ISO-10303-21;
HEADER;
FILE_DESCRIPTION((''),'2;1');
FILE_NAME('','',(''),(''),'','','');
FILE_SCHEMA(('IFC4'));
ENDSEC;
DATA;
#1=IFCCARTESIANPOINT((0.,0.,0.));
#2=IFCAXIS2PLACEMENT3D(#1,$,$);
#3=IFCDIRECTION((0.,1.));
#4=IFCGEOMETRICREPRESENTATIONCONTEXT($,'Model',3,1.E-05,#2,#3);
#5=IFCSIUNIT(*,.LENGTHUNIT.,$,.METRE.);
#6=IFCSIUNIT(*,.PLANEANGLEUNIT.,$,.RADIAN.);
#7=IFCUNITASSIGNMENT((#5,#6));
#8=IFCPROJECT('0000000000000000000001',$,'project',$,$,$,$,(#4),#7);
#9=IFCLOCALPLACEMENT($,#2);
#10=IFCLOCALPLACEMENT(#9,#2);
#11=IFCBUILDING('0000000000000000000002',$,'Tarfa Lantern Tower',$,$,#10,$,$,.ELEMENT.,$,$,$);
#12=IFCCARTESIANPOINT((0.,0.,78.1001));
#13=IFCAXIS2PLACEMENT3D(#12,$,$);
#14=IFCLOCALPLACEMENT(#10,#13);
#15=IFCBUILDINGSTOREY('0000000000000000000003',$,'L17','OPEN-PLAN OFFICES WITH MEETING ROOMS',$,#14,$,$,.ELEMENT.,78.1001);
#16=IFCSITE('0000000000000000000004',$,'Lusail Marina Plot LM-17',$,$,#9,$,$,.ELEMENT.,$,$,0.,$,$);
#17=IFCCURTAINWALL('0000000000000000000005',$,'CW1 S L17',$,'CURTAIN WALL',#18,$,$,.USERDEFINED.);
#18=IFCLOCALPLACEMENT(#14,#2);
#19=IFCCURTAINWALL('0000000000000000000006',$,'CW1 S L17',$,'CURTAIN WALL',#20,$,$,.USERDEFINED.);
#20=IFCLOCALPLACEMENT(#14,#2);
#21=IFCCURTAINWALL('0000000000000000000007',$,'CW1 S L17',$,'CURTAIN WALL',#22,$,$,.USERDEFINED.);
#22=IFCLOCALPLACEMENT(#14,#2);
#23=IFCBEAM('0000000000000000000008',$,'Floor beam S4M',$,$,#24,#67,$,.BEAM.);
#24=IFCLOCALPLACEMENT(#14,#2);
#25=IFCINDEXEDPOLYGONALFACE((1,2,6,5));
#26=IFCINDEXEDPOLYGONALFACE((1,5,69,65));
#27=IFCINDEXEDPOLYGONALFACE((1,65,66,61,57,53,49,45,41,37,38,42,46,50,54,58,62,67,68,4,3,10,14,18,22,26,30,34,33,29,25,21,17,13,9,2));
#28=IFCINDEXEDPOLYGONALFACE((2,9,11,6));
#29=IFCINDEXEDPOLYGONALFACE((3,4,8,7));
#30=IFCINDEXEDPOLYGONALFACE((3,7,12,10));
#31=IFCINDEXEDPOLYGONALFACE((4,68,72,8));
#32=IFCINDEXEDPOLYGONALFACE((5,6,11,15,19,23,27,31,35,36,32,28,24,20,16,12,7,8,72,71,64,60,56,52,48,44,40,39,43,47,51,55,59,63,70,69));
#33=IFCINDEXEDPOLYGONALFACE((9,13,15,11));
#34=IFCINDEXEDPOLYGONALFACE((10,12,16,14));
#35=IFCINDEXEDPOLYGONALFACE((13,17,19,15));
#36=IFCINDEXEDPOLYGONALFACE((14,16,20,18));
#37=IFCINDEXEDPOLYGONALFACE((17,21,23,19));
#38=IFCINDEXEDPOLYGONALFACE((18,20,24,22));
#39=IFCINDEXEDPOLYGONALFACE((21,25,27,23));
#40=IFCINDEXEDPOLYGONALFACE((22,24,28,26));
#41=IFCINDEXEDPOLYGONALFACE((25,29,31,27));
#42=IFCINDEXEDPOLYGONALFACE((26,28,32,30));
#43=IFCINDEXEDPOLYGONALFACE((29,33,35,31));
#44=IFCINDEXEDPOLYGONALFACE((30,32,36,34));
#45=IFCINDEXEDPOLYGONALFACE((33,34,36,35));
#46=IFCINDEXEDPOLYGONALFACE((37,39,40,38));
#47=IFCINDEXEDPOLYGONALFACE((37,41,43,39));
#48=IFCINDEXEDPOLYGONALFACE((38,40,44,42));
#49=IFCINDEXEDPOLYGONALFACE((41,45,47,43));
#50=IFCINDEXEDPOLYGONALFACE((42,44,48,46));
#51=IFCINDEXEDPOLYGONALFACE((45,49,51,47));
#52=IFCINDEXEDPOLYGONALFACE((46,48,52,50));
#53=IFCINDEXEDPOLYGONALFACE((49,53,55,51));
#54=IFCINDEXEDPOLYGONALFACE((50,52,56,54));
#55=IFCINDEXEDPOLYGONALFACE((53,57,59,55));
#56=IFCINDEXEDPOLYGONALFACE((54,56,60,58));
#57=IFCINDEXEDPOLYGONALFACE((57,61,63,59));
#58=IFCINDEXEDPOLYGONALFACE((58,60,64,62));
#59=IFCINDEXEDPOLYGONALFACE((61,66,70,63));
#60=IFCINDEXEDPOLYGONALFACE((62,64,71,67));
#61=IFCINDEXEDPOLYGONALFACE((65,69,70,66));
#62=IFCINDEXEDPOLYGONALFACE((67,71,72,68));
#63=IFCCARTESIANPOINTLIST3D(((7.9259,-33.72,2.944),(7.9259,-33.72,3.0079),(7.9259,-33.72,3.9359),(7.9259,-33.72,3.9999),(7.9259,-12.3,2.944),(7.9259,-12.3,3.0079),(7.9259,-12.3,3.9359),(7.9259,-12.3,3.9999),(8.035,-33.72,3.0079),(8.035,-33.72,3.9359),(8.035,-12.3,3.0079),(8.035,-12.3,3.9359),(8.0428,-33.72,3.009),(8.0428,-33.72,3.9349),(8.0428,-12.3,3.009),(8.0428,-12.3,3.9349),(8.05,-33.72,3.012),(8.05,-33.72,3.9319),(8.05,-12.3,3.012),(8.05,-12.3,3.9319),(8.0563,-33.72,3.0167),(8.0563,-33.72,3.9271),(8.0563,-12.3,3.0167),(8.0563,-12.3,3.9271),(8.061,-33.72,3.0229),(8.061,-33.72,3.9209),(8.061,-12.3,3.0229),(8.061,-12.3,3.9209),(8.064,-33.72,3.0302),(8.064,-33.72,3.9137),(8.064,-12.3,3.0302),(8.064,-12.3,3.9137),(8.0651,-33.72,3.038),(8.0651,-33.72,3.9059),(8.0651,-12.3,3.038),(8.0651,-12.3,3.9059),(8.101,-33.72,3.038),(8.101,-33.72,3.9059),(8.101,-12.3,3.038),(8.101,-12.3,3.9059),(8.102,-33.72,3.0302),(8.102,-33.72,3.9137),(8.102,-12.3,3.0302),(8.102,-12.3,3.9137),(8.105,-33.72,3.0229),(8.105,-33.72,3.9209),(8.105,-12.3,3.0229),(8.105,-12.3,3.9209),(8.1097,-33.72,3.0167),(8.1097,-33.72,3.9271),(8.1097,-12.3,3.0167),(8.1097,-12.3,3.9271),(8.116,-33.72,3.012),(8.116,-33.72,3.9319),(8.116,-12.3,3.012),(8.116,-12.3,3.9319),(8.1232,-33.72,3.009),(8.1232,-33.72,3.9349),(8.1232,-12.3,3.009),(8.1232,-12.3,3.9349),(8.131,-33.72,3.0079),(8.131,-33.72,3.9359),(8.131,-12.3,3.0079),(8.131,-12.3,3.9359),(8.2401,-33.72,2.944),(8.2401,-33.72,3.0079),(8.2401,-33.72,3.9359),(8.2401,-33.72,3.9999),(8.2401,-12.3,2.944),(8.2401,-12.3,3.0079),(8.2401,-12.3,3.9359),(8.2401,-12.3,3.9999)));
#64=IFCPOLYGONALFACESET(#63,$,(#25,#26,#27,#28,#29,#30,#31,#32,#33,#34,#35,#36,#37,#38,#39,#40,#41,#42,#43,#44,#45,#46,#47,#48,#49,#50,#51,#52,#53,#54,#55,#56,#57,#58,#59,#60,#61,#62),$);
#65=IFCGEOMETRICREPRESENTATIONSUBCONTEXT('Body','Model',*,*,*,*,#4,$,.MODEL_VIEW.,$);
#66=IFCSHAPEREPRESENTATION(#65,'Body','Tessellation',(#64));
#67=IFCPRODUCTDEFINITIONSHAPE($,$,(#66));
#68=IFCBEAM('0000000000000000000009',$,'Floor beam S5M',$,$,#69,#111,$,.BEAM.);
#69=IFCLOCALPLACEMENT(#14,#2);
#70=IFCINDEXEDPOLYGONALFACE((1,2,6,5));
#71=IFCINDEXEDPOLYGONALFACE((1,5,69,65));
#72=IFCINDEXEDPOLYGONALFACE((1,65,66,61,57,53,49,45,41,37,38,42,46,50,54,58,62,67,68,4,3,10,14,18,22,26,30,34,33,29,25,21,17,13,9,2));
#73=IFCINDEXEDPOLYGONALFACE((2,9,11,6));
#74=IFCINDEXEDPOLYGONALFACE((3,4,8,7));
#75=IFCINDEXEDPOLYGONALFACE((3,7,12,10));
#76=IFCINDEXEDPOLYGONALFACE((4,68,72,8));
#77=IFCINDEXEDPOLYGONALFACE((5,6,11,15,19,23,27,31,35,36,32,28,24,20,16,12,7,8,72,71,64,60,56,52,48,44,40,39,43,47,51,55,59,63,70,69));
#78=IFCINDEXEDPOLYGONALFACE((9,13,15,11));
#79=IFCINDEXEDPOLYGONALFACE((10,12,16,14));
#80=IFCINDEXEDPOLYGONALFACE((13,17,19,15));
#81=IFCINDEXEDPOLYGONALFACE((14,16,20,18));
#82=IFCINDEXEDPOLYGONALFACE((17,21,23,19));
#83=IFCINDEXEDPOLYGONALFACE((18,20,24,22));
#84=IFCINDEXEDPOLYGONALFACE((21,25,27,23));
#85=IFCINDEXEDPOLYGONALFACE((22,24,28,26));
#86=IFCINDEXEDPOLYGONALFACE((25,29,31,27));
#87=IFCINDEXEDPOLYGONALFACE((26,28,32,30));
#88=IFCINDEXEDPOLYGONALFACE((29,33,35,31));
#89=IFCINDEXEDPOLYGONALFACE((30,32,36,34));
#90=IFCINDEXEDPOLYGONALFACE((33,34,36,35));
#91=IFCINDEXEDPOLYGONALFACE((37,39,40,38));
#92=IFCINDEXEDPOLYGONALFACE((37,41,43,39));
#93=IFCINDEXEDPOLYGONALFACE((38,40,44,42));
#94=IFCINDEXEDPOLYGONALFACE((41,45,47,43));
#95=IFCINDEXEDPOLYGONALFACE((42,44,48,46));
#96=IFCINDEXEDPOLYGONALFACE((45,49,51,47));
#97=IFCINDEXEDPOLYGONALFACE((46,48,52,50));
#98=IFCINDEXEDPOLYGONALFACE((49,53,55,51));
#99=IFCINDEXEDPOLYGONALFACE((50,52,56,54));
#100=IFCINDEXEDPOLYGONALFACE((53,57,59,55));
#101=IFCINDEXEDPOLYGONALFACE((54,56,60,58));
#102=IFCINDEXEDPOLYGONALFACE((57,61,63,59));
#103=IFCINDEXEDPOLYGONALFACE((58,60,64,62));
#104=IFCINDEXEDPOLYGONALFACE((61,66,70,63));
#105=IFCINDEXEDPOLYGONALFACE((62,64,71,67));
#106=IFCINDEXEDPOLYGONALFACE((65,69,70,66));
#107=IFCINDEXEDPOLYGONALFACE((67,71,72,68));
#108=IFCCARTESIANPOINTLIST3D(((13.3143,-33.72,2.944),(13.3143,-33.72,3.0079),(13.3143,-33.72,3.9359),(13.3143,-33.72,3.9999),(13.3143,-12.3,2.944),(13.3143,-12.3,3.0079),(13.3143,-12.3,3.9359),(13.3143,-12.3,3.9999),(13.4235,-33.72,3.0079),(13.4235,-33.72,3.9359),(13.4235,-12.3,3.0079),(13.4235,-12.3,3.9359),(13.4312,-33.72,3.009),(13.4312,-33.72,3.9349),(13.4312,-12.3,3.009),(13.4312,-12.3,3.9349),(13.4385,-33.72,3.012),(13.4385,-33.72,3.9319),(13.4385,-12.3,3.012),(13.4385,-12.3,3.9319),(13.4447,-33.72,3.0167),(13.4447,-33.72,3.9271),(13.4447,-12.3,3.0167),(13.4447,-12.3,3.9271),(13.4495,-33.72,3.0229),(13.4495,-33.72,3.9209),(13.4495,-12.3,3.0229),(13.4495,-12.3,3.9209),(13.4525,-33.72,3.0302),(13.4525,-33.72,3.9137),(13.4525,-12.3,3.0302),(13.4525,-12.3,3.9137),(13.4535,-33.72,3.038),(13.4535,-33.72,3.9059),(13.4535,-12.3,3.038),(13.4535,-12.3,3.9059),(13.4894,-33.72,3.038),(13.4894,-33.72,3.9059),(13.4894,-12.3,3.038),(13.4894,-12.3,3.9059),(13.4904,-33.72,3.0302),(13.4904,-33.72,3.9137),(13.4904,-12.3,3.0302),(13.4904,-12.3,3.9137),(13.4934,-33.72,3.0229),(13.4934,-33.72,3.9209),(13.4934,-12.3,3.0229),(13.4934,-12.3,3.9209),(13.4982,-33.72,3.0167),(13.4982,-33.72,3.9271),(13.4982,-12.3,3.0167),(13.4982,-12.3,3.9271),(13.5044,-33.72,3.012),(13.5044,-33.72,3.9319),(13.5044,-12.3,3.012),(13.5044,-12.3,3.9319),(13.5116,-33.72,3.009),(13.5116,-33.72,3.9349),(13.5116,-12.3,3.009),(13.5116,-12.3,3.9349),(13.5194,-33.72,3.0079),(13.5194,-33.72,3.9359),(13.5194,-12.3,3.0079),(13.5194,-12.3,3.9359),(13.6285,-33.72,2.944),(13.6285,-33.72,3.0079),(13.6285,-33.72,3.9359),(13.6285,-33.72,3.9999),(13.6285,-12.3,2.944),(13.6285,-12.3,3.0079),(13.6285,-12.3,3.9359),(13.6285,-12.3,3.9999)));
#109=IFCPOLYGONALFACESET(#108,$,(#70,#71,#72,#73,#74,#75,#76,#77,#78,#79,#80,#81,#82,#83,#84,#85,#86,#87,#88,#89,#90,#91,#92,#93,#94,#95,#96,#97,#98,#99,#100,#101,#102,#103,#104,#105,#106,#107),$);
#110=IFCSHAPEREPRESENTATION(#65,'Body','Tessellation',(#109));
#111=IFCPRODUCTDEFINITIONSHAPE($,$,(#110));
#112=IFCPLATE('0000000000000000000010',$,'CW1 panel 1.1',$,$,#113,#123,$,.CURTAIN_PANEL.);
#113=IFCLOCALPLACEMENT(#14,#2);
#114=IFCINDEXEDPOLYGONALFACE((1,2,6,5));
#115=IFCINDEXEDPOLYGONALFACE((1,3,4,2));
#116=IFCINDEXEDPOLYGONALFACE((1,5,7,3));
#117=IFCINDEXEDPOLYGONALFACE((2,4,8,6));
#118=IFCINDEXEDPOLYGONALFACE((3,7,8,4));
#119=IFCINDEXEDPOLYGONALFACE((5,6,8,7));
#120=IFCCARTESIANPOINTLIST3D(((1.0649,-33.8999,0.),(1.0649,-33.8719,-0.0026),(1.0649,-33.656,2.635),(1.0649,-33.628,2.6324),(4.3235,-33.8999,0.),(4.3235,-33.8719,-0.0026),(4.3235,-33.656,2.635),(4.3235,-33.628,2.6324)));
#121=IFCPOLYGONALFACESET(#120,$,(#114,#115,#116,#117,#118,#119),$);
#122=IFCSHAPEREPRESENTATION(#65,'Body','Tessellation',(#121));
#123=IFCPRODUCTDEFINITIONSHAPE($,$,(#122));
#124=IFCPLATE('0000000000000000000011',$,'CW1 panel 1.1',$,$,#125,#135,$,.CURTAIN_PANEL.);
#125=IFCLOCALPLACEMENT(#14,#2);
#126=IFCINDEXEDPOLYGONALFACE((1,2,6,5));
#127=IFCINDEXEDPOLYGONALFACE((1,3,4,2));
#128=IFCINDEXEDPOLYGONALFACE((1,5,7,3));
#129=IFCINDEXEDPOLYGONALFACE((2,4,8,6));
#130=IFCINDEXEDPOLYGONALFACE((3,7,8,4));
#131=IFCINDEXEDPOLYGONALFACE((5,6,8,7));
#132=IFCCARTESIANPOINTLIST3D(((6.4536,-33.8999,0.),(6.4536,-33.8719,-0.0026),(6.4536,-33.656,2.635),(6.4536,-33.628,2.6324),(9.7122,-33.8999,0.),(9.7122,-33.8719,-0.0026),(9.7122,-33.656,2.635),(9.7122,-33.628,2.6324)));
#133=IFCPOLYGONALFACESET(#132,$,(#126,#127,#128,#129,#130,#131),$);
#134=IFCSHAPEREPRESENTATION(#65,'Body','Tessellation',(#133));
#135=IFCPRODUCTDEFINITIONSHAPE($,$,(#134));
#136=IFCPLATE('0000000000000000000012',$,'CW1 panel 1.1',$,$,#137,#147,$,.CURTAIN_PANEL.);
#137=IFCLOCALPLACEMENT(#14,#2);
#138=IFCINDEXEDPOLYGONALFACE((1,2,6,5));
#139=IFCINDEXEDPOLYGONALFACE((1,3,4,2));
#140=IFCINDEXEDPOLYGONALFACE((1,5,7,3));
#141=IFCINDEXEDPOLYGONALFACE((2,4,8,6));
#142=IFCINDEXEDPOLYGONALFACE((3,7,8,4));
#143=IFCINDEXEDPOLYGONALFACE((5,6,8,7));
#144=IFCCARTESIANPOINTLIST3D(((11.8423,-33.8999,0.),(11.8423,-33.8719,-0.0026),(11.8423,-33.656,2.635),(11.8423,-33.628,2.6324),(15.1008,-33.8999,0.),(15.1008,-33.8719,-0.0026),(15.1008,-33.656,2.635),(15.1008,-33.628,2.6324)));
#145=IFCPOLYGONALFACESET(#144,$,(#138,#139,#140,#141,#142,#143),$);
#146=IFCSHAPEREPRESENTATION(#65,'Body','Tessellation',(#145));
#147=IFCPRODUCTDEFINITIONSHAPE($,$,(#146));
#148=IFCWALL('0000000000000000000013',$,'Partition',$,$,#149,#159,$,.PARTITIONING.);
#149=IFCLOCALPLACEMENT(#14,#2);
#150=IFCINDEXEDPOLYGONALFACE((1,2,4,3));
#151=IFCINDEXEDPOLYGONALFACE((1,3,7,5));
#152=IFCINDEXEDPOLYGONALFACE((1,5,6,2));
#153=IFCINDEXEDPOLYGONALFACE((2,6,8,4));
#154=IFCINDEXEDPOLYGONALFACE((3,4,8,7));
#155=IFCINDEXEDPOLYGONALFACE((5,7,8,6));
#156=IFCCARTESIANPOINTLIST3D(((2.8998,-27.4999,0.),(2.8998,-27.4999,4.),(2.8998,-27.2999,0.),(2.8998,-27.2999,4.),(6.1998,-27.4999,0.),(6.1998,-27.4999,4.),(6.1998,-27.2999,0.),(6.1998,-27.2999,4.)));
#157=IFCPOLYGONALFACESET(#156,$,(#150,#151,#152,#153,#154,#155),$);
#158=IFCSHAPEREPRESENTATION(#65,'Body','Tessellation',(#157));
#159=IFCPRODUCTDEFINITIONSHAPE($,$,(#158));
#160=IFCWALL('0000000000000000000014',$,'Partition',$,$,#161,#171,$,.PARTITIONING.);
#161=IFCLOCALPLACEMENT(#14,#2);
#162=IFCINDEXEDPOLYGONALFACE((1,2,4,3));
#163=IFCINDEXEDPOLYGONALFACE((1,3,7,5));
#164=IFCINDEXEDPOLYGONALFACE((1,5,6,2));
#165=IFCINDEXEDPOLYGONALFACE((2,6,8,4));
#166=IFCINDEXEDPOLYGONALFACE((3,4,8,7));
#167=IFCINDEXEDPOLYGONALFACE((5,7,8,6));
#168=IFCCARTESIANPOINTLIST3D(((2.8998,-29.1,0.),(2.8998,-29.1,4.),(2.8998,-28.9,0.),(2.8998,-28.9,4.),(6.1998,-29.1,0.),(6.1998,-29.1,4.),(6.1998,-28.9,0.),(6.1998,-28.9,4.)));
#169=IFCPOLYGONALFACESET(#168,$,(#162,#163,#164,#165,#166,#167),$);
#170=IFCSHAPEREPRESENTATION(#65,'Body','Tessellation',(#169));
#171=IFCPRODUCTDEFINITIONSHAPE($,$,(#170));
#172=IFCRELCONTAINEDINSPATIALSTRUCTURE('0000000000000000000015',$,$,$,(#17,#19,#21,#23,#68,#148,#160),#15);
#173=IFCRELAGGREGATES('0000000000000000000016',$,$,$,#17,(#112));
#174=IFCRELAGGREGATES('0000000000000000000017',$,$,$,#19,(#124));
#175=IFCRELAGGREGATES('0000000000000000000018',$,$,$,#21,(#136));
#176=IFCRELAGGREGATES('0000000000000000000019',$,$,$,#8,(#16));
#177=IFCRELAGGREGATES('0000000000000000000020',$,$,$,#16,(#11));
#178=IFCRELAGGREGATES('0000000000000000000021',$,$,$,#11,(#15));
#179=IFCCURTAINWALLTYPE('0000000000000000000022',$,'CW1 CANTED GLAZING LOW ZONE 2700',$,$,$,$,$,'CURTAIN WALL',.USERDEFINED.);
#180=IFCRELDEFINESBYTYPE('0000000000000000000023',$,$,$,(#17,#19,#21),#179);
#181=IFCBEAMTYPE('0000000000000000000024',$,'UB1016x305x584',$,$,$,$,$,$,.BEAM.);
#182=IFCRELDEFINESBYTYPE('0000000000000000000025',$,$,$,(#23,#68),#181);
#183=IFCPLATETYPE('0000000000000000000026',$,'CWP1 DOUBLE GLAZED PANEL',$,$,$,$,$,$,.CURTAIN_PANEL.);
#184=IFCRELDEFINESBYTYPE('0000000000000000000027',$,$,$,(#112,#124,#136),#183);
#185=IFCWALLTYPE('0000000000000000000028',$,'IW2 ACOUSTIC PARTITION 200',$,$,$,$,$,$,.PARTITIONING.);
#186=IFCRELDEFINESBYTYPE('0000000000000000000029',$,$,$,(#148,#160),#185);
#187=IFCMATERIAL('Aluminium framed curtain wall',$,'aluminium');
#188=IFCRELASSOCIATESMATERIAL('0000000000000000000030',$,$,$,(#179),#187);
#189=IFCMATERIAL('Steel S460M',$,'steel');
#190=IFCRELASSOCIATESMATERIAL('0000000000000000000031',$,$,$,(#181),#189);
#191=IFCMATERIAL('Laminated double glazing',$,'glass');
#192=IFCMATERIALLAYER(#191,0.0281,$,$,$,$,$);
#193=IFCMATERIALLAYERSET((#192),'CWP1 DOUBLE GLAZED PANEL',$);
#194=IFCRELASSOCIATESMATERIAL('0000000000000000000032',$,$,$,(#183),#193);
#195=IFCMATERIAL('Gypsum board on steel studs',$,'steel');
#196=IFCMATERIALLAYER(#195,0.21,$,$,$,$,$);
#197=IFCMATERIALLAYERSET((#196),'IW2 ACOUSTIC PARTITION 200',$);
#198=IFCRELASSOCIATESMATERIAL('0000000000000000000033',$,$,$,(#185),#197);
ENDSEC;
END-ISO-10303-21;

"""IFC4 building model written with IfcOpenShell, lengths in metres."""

from ifc_helpers import new_model, si_unit, direction, frame, frame_2d, origin, origin_2d, place, context, subcontext, project, spatial, polyline, rectangle, i_section, outline, extrude, material, layer, layer_set, material_profile, profile_set, type_object, element, aggregate, save


model = new_model("IFC4")

# Units and contexts
model_context = context("Model", 3, precision=1e-05, world=origin(), true_north=direction((0.0, 1.0)))
body_context = subcontext(model_context, "Body", "Model", "MODEL_VIEW")
ifc_project = project(units=[si_unit("LENGTHUNIT", "METRE"), si_unit("PLANEANGLEUNIT", "RADIAN")], contexts=[model_context])

# Site, building, storey
site_placement = place(None, origin())
site = spatial("IfcSite", under=ifc_project, at=site_placement, Name="Lusail Marina Plot LM-17", CompositionType="ELEMENT", RefElevation=0.0)
building_placement = place(site_placement, origin())
building = spatial("IfcBuilding", under=site, at=building_placement, Name="Tarfa Lantern Tower", CompositionType="ELEMENT")
storey_placement = place(building_placement, frame((0.0, 0.0, 78.1001)))
storey = spatial("IfcBuildingStorey", under=building, at=storey_placement, Name="L17", Description="OPEN-PLAN OFFICES WITH MEETING ROOMS", CompositionType="ELEMENT", Elevation=78.1001)

# Curtain walls
ifc_material_1 = material(Name="Aluminium framed curtain wall", Category="aluminium")
curtain_wall_type = type_object("IfcCurtainWallType", Name="CW1 CANTED GLAZING LOW ZONE 2700", ElementType="CURTAIN WALL", PredefinedType="USERDEFINED", material=ifc_material_1)
curtain_wall_1_placement = place(storey_placement, origin())
curtain_wall_1 = element("IfcCurtainWall", 1, at=curtain_wall_1_placement, inside=storey, type_object=curtain_wall_type, Name="CW1 S L17", ObjectType="CURTAIN WALL", PredefinedType="USERDEFINED")
curtain_wall_2_placement = place(storey_placement, origin())
curtain_wall_2 = element("IfcCurtainWall", 2, at=curtain_wall_2_placement, inside=storey, type_object=curtain_wall_type, Name="CW1 S L17", ObjectType="CURTAIN WALL", PredefinedType="USERDEFINED")

# Curtain wall
curtain_wall_3_placement = place(storey_placement, origin())
curtain_wall_3 = element("IfcCurtainWall", 3, at=curtain_wall_3_placement, inside=storey, type_object=curtain_wall_type, Name="CW1 S L17", ObjectType="CURTAIN WALL", PredefinedType="USERDEFINED")

# Beams
ifc_material_2 = material(Name="Steel S460M", Category="steel")
ifc_material_profile_1 = material_profile(ifc_material_2, i_section(OverallWidth=0.3142, OverallDepth=1.0559, WebThickness=0.0359, FlangeThickness=0.064, FilletRadius=0.03, at=origin_2d()), Name="UB1016x305x584")
ifc_profile_set_1 = profile_set([ifc_material_profile_1], Name="Steel S460M")
beam_type_1 = type_object("IfcBeamType", Name="UB1016x305x584", PredefinedType="BEAM", material=ifc_profile_set_1)
for number, where, z_axis, x_axis, name in (
    (4, (8.083, -33.72, 3.4719), (0.0, 1.0, 0.0), (-1.0, 0.0, 0.0), "Floor beam S4M"),
    (5, (13.4714, -33.72, 3.4719), (0.0, 1.0, 0.0), (-1.0, 0.0, 0.0), "Floor beam S5M"),
):
    element("IfcBeam", number, at=place(storey_placement, frame(where, z_axis=z_axis, x_axis=x_axis)), inside=storey, type_object=beam_type_1, Name=name, PredefinedType="BEAM", context=body_context, shape_type="SweptSolid", body=[
        extrude(i_section(OverallWidth=0.3142, OverallDepth=1.0559, WebThickness=0.0359, FlangeThickness=0.064, FilletRadius=0.03, at=origin_2d()), origin(), (0.0, 0.0, 1.0), 21.4199),
    ])

# Plates
ifc_material_3 = material(Name="Laminated double glazing", Category="glass")
ifc_layer_1 = layer(ifc_material_3, 0.0281)
ifc_layer_set_1 = layer_set([ifc_layer_1], Name="CWP1 DOUBLE GLAZED PANEL")
plate_type = type_object("IfcPlateType", Name="CWP1 DOUBLE GLAZED PANEL", PredefinedType="CURTAIN_PANEL", material=ifc_layer_set_1)
plate_1_placement = place(storey_placement, frame((1.0649, -33.8999, 0.0), z_axis=(0.0, -0.995744, 0.092166), x_axis=(1.0, 0.0, 0.0)))
plate_1 = element("IfcPlate", 6, at=plate_1_placement, type_object=plate_type, Name="CW1 panel 1.1", PredefinedType="CURTAIN_PANEL", context=body_context, shape_type="SweptSolid", body=[
    extrude(outline(polyline([(0.0, 0.0), (3.2585, 0.0), (3.2585, 2.6463), (0.0, 2.6463), (0.0, 0.0)])), origin(), (0.0, 0.0, -1.0), 0.0281),
])
aggregate(curtain_wall_1, [plate_1])
plate_2_placement = place(storey_placement, frame((6.4536, -33.8999, 0.0), z_axis=(0.0, -0.995744, 0.092166), x_axis=(1.0, 0.0, 0.0)))
plate_2 = element("IfcPlate", 7, at=plate_2_placement, type_object=plate_type, Name="CW1 panel 1.1", PredefinedType="CURTAIN_PANEL", context=body_context, shape_type="SweptSolid", body=[
    extrude(outline(polyline([(0.0, 0.0), (3.2585, 0.0), (3.2585, 2.6463), (0.0, 2.6463), (0.0, 0.0)])), origin(), (0.0, 0.0, -1.0), 0.0281),
])
aggregate(curtain_wall_2, [plate_2])
plate_3_placement = place(storey_placement, frame((11.8423, -33.8999, 0.0), z_axis=(0.0, -0.995744, 0.092166), x_axis=(1.0, 0.0, 0.0)))
plate_3 = element("IfcPlate", 8, at=plate_3_placement, type_object=plate_type, Name="CW1 panel 1.1", PredefinedType="CURTAIN_PANEL", context=body_context, shape_type="SweptSolid", body=[
    extrude(outline(polyline([(0.0, 0.0), (3.2585, 0.0), (3.2585, 2.6463), (0.0, 2.6463), (0.0, 0.0)])), origin(), (0.0, 0.0, -1.0), 0.0281),
])
aggregate(curtain_wall_3, [plate_3])

# Walls
ifc_material_4 = material(Name="Gypsum board on steel studs", Category="steel")
ifc_layer_2 = layer(ifc_material_4, 0.21)
ifc_layer_set_2 = layer_set([ifc_layer_2], Name="IW2 ACOUSTIC PARTITION 200")
wall_type = type_object("IfcWallType", Name="IW2 ACOUSTIC PARTITION 200", PredefinedType="PARTITIONING", material=ifc_layer_set_2)
for number, where, z_axis, x_axis, name in (
    (9, (2.8999, -27.3999, 0.0), (0.0, 0.0, 1.0), (1.0, 0.0, 0.0), "Partition"),
    (10, (2.8999, -29.0, 0.0), (0.0, 0.0, 1.0), (1.0, 0.0, 0.0), "Partition"),
):
    element("IfcWall", number, at=place(storey_placement, frame(where, z_axis=z_axis, x_axis=x_axis)), inside=storey, type_object=wall_type, Name=name, PredefinedType="PARTITIONING", context=body_context, shape_type="SweptSolid", body=[
        extrude(rectangle(XDim=3.3, YDim=0.2, at=frame_2d((1.6499, 0.0))), origin(), (0.0, 0.0, 1.0), 4.0),
    ])

save(model, "model.ifc")
